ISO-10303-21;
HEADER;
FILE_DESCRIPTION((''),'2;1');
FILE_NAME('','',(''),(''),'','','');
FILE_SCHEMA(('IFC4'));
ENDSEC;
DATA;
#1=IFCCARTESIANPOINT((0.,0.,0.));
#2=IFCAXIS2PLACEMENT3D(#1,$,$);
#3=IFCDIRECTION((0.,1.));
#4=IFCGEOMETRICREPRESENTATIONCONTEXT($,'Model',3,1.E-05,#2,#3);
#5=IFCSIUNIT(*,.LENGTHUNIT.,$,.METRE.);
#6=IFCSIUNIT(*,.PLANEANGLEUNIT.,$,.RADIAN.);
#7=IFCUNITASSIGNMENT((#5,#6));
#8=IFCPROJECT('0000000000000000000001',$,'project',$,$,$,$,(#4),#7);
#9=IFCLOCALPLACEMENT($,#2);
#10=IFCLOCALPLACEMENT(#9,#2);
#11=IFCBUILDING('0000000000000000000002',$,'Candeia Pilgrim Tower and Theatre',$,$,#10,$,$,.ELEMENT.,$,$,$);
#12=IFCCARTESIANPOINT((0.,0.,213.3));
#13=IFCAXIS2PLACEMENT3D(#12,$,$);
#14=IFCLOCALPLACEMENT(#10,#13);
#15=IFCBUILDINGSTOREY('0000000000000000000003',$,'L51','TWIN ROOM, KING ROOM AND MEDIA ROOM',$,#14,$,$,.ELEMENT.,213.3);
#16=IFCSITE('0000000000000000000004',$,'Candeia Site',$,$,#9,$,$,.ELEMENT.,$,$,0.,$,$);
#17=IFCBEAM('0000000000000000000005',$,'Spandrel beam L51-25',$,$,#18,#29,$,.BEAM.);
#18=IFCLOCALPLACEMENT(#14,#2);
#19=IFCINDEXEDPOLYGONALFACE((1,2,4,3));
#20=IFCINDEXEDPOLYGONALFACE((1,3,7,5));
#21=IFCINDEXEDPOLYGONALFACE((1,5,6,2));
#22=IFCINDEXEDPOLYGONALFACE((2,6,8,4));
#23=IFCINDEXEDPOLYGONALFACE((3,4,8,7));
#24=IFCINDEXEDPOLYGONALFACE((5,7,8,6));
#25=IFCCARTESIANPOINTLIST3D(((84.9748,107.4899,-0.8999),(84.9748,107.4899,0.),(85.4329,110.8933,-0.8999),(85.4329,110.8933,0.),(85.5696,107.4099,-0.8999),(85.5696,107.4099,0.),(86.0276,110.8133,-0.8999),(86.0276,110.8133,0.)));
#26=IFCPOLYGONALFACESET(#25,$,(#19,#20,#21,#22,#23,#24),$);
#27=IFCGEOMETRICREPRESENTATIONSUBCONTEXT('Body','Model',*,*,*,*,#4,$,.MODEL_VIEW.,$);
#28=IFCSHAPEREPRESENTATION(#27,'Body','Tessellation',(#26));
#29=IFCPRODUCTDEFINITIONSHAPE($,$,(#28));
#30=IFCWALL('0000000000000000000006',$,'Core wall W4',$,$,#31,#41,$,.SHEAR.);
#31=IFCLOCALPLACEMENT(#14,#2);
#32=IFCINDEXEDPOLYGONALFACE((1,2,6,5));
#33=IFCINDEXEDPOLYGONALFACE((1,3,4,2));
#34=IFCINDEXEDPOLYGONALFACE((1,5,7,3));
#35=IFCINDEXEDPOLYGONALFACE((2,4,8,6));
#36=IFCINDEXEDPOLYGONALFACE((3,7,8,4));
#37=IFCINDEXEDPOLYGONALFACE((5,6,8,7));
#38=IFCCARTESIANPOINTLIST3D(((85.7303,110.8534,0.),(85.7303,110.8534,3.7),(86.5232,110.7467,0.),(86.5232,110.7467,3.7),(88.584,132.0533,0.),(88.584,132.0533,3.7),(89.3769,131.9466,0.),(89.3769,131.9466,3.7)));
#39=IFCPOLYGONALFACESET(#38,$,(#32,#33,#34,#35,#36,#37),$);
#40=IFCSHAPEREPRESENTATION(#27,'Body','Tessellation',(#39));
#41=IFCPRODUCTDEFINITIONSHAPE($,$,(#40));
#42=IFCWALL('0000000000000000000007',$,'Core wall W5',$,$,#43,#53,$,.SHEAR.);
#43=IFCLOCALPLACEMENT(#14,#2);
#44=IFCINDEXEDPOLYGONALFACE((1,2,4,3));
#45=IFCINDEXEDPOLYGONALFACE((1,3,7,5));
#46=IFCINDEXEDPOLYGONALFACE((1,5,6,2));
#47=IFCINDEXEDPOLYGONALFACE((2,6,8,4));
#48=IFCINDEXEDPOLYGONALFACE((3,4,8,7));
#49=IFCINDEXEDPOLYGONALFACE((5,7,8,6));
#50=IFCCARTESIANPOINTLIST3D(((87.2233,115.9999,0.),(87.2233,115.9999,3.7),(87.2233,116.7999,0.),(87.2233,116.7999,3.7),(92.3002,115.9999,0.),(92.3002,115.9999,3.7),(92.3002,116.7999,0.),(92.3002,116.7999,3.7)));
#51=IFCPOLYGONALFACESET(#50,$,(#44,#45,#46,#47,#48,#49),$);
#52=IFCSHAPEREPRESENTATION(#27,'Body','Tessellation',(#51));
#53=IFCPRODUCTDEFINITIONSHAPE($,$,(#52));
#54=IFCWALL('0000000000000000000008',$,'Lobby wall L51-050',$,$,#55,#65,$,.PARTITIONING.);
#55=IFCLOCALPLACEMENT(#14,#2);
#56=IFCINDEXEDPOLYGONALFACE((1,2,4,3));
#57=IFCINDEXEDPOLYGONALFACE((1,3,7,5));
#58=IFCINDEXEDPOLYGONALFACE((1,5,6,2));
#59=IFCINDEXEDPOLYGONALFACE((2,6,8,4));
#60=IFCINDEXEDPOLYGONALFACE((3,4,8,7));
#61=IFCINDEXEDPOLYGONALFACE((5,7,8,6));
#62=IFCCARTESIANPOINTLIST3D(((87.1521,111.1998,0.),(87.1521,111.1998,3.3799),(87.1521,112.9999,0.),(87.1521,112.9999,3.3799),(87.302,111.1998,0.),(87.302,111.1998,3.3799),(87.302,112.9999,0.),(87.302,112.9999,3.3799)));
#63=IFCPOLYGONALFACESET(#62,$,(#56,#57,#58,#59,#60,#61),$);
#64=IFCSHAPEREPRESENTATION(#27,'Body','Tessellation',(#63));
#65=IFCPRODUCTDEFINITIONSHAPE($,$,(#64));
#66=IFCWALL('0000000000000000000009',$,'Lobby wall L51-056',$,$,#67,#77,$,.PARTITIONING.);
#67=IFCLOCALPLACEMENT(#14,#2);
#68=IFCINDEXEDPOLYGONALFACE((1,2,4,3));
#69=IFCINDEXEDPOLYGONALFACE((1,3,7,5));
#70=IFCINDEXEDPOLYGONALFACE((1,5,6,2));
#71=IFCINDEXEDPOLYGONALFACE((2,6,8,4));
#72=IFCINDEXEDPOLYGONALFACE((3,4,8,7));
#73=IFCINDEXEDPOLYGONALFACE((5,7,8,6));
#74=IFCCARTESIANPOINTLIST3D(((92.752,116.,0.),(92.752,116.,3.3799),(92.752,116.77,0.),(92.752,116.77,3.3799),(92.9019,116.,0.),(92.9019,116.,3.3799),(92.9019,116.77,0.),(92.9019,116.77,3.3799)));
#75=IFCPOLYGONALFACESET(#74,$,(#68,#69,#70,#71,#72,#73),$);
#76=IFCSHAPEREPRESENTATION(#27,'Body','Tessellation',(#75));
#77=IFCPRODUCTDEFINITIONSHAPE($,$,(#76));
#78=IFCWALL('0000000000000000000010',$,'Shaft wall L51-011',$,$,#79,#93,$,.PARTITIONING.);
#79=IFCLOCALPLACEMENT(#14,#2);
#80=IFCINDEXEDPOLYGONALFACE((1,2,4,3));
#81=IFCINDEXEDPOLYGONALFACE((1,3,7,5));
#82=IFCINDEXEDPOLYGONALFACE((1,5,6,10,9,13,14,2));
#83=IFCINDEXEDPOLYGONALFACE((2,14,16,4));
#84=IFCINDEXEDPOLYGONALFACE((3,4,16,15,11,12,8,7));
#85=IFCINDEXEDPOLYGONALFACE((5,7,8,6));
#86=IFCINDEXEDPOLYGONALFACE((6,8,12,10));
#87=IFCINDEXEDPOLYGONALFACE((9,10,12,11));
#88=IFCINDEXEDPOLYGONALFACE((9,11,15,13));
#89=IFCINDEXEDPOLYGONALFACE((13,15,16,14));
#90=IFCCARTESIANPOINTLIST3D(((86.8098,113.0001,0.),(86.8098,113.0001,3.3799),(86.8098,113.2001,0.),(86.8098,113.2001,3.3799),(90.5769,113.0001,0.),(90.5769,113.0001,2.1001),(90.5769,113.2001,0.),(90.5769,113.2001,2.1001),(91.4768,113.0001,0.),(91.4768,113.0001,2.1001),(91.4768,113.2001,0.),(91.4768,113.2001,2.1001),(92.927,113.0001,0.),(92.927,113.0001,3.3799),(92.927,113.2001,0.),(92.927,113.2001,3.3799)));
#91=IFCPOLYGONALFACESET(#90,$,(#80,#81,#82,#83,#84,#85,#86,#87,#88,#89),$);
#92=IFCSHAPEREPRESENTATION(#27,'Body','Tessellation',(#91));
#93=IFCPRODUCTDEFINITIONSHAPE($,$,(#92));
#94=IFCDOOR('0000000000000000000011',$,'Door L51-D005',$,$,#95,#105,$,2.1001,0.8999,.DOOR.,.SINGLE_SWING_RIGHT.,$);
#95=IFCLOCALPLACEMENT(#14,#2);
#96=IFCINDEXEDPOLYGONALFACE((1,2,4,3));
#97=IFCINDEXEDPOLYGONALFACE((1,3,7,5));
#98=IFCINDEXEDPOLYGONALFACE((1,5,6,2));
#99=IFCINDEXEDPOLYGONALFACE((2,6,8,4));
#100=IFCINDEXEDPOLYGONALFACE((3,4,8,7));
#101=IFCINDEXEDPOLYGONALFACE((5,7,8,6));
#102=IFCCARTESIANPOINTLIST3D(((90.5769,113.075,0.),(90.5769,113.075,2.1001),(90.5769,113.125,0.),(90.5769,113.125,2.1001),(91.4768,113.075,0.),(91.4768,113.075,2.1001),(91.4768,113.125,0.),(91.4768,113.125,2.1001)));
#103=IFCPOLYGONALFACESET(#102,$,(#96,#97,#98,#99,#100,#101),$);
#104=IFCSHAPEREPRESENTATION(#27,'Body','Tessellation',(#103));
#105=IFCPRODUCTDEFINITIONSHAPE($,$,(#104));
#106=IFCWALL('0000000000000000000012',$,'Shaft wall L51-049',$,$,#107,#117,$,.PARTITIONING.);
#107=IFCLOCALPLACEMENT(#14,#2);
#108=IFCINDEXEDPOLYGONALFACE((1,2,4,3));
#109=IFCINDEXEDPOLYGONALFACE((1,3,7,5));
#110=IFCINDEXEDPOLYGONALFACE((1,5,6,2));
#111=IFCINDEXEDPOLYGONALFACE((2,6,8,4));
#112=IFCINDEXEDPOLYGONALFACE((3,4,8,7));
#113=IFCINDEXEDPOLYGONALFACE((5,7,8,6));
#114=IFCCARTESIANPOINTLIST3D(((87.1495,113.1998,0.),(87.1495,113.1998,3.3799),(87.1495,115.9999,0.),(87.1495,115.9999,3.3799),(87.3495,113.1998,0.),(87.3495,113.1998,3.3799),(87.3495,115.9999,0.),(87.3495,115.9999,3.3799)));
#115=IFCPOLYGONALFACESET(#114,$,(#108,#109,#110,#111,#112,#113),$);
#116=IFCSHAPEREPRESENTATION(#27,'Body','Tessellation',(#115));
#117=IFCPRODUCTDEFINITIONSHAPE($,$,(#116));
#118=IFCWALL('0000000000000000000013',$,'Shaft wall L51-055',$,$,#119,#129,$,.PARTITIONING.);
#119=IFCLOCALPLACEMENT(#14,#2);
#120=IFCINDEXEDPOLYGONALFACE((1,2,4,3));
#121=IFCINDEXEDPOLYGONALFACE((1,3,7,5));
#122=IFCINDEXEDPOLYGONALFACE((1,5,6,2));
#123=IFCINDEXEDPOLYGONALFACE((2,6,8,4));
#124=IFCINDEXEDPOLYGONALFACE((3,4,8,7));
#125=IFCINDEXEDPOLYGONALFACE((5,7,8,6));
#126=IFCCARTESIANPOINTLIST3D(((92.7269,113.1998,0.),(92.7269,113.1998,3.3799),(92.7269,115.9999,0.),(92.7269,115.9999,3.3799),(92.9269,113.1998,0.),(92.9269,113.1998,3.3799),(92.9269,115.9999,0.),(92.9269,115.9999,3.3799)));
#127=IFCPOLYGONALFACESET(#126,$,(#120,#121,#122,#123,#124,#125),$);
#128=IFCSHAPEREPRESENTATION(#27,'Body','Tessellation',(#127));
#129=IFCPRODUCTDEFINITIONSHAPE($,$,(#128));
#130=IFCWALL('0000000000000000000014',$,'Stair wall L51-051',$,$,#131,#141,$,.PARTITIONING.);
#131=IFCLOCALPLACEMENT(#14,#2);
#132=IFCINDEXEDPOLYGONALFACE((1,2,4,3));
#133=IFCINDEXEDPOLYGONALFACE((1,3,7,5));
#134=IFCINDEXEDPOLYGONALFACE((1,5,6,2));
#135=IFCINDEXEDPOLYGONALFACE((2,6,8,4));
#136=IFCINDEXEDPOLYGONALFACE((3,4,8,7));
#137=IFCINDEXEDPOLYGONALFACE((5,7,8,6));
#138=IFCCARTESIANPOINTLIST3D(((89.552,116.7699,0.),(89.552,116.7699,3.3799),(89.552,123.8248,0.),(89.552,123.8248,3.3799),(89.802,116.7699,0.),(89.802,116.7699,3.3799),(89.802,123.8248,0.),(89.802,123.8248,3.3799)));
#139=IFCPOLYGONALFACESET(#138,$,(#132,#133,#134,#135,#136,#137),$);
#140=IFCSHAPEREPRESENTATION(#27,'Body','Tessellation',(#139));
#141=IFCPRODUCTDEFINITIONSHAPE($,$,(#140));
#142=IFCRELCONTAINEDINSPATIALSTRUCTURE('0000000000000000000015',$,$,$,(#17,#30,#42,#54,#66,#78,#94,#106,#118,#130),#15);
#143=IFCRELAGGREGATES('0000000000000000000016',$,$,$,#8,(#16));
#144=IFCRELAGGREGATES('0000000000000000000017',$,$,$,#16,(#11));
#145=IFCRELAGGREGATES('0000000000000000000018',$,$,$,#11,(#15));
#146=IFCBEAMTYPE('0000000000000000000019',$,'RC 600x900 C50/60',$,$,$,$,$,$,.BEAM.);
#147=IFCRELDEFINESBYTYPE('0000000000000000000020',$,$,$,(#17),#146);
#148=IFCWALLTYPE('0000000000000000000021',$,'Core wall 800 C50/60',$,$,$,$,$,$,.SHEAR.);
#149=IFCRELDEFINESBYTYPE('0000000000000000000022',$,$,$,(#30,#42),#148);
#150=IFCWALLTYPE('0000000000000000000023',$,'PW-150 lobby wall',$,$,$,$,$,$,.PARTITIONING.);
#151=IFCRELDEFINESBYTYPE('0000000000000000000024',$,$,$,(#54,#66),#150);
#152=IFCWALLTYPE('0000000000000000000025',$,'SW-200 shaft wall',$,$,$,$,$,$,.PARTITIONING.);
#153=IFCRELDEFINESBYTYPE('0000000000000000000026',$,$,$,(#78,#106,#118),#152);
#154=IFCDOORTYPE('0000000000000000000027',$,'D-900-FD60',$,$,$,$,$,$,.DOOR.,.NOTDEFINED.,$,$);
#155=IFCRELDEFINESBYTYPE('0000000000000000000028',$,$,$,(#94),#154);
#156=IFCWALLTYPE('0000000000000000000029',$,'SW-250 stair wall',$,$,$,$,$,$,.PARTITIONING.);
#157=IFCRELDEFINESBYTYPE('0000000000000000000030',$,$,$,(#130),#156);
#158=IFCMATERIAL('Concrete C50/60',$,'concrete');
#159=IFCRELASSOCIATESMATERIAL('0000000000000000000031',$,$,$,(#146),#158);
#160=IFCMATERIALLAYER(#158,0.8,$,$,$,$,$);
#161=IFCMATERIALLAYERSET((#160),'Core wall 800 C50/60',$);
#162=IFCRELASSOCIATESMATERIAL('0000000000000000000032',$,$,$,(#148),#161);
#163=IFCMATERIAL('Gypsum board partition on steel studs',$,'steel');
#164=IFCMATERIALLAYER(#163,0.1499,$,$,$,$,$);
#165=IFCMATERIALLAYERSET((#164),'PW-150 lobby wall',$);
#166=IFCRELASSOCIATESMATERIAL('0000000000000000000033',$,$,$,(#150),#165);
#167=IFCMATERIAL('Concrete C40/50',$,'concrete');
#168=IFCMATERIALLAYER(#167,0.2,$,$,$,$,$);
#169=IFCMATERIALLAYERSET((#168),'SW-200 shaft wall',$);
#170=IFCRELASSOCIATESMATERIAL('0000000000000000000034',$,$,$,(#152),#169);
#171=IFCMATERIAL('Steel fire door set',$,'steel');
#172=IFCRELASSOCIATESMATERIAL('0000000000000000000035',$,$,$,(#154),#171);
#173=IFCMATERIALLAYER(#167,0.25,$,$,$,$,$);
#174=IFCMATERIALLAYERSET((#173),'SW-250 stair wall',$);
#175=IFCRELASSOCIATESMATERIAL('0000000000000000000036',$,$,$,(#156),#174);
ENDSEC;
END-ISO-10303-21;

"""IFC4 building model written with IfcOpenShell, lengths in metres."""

from ifc_helpers import new_model, si_unit, direction, frame, frame_2d, origin, origin_2d, place, context, subcontext, project, spatial, rectangle, extrude, material, layer, layer_set, material_profile, profile_set, type_object, element, fill, save


model = new_model("IFC4")

# Units and contexts
model_context = context("Model", 3, precision=1e-05, world=origin(), true_north=direction((0.0, 1.0)))
body_context = subcontext(model_context, "Body", "Model", "MODEL_VIEW")
ifc_project = project(units=[si_unit("LENGTHUNIT", "METRE"), si_unit("PLANEANGLEUNIT", "RADIAN")], contexts=[model_context])

# Site, building, storey
site_placement = place(None, origin())
site = spatial("IfcSite", under=ifc_project, at=site_placement, Name="Candeia Site", CompositionType="ELEMENT", RefElevation=0.0)
building_placement = place(site_placement, origin())
building = spatial("IfcBuilding", under=site, at=building_placement, Name="Candeia Pilgrim Tower and Theatre", CompositionType="ELEMENT")
storey_placement = place(building_placement, frame((0.0, 0.0, 213.3)))
storey = spatial("IfcBuildingStorey", under=building, at=storey_placement, Name="L51", Description="TWIN ROOM, KING ROOM AND MEDIA ROOM", CompositionType="ELEMENT", Elevation=213.3)

# Beam
ifc_material_1 = material(Name="Concrete C50/60", Category="concrete")
ifc_material_profile = material_profile(ifc_material_1, rectangle(XDim=0.6001, YDim=0.8999, at=origin_2d()))
ifc_profile_set = profile_set([ifc_material_profile], Name="Concrete C50/60")
beam_type = type_object("IfcBeamType", Name="RC 600x900 C50/60", PredefinedType="BEAM", material=ifc_profile_set)
beam_placement = place(storey_placement, frame((85.7302, 110.8533, -0.45), z_axis=(-0.133374, -0.991066, 0.0), x_axis=(0.991066, -0.133374, 0.0)))
element("IfcBeam", 1, at=beam_placement, inside=storey, type_object=beam_type, Name="Spandrel beam L51-25", PredefinedType="BEAM", context=body_context, shape_type="SweptSolid", body=[
    extrude(rectangle(XDim=0.6001, YDim=0.8999, at=origin_2d()), origin(), (0.0, 0.0, 1.0), 3.4341),
])

# Walls
ifc_layer_1 = layer(ifc_material_1, 0.8)
ifc_layer_set_1 = layer_set([ifc_layer_1], Name="Core wall 800 C50/60")
wall_type_1 = type_object("IfcWallType", Name="Core wall 800 C50/60", PredefinedType="SHEAR", material=ifc_layer_set_1)
wall_1_placement = place(storey_placement, frame((86.1267, 110.8, 0.0), z_axis=(0.0, 0.0, 1.0), x_axis=(0.133408, 0.991061, 0.0)))
element("IfcWall", 2, at=wall_1_placement, inside=storey, type_object=wall_type_1, Name="Core wall W4", PredefinedType="SHEAR", context=body_context, shape_type="SweptSolid", body=[
    extrude(rectangle(XDim=21.3911, YDim=0.8, at=frame_2d((10.6956, 0.0))), origin(), (0.0, 0.0, 1.0), 3.7),
])
wall_2_placement = place(storey_placement, frame((87.2231, 116.3999, 0.0), z_axis=(0.0, 0.0, 1.0), x_axis=(1.0, 0.0, 0.0)))
element("IfcWall", 3, at=wall_2_placement, inside=storey, type_object=wall_type_1, Name="Core wall W5", PredefinedType="SHEAR", context=body_context, shape_type="SweptSolid", body=[
    extrude(rectangle(XDim=5.0769, YDim=0.8, at=frame_2d((2.5386, 0.0))), origin(), (0.0, 0.0, 1.0), 3.7),
])
ifc_material_2 = material(Name="Gypsum board partition on steel studs", Category="steel")
ifc_layer_2 = layer(ifc_material_2, 0.1499)
ifc_layer_set_2 = layer_set([ifc_layer_2], Name="PW-150 lobby wall")
wall_type_2 = type_object("IfcWallType", Name="PW-150 lobby wall", PredefinedType="PARTITIONING", material=ifc_layer_set_2)
wall_3_placement = place(storey_placement, frame((87.2271, 111.2, 0.0), z_axis=(0.0, 0.0, 1.0), x_axis=(0.0, 1.0, 0.0)))
element("IfcWall", 4, at=wall_3_placement, inside=storey, type_object=wall_type_2, Name="Lobby wall L51-050", PredefinedType="PARTITIONING", context=body_context, shape_type="SweptSolid", body=[
    extrude(rectangle(XDim=1.8, YDim=0.1499, at=frame_2d((0.8999, 0.0))), origin(), (0.0, 0.0, 1.0), 3.3799),
])
wall_4_placement = place(storey_placement, frame((92.8269, 116.0, 0.0), z_axis=(0.0, 0.0, 1.0), x_axis=(0.0, 1.0, 0.0)))
element("IfcWall", 5, at=wall_4_placement, inside=storey, type_object=wall_type_2, Name="Lobby wall L51-056", PredefinedType="PARTITIONING", context=body_context, shape_type="SweptSolid", body=[
    extrude(rectangle(XDim=0.77, YDim=0.1499, at=frame_2d((0.385, 0.0))), origin(), (0.0, 0.0, 1.0), 3.3799),
])

# Wall, opening, door
ifc_material_3 = material(Name="Concrete C40/50", Category="concrete")
ifc_layer_3 = layer(ifc_material_3, 0.2)
ifc_layer_set_3 = layer_set([ifc_layer_3], Name="SW-200 shaft wall")
wall_type_3 = type_object("IfcWallType", Name="SW-200 shaft wall", PredefinedType="PARTITIONING", material=ifc_layer_set_3)
wall_5_placement = place(storey_placement, frame((86.8098, 113.1001, 0.0), z_axis=(0.0, 0.0, 1.0), x_axis=(1.0, 0.0, 0.0)))
wall_5 = element("IfcWall", 6, at=wall_5_placement, inside=storey, type_object=wall_type_3, Name="Shaft wall L51-011", PredefinedType="PARTITIONING", context=body_context, shape_type="SweptSolid", body=[
    extrude(rectangle(XDim=6.1172, YDim=0.2, at=frame_2d((3.0586, 0.0))), origin(), (0.0, 0.0, 1.0), 3.3799),
])
opening_placement = place(wall_5_placement, frame((3.7671, 0.0, 0.0)))
opening = element("IfcOpeningElement", 7, at=opening_placement, cuts=wall_5, PredefinedType="OPENING", context=body_context, shape_type="SweptSolid", body=[
    extrude(rectangle(XDim=0.8999, YDim=2.1001, at=frame_2d((0.45, 1.05))), frame((0.0, 0.1099, 0.0), z_axis=(0.0, -1.0, 0.0), x_axis=(1.0, 0.0, 0.0)), (0.0, 0.0, 1.0), 0.22),
])
ifc_material_4 = material(Name="Steel fire door set", Category="steel")
door_type = type_object("IfcDoorType", Name="D-900-FD60", OperationType="NOTDEFINED", PredefinedType="DOOR", material=ifc_material_4)
door_placement = place(opening_placement, origin())
door = element("IfcDoor", 8, at=door_placement, inside=storey, type_object=door_type, Name="Door L51-D005", OperationType="SINGLE_SWING_RIGHT", OverallHeight=2.1001, OverallWidth=0.8999, PredefinedType="DOOR", context=body_context, shape_type="SweptSolid", body=[
    extrude(rectangle(XDim=0.8999, YDim=2.1001, at=frame_2d((0.45, 1.05))), frame((0.0, 0.0249, 0.0), z_axis=(0.0, -1.0, 0.0), x_axis=(1.0, 0.0, 0.0)), (0.0, 0.0, 1.0), 0.05),
])
fill(opening, door)

# Walls
for number, where, z_axis, x_axis, name in (
    (9, (87.2495, 113.2, 0.0), (0.0, 0.0, 1.0), (0.0, 1.0, 0.0), "Shaft wall L51-049"),
    (10, (92.8269, 113.2, 0.0), (0.0, 0.0, 1.0), (0.0, 1.0, 0.0), "Shaft wall L51-055"),
):
    element("IfcWall", number, at=place(storey_placement, frame(where, z_axis=z_axis, x_axis=x_axis)), inside=storey, type_object=wall_type_3, Name=name, PredefinedType="PARTITIONING", context=body_context, shape_type="SweptSolid", body=[
        extrude(rectangle(XDim=2.8, YDim=0.2, at=frame_2d((1.3999, 0.0))), origin(), (0.0, 0.0, 1.0), 3.3799),
    ])
ifc_layer_4 = layer(ifc_material_3, 0.25)
ifc_layer_set_4 = layer_set([ifc_layer_4], Name="SW-250 stair wall")
wall_type_4 = type_object("IfcWallType", Name="SW-250 stair wall", PredefinedType="PARTITIONING", material=ifc_layer_set_4)
wall_6_placement = place(storey_placement, frame((89.677, 116.77, 0.0), z_axis=(0.0, 0.0, 1.0), x_axis=(0.0, 1.0, 0.0)))
element("IfcWall", 11, at=wall_6_placement, inside=storey, type_object=wall_type_4, Name="Stair wall L51-051", PredefinedType="PARTITIONING", context=body_context, shape_type="SweptSolid", body=[
    extrude(rectangle(XDim=7.0549, YDim=0.25, at=frame_2d((3.5273, 0.0))), origin(), (0.0, 0.0, 1.0), 3.3799),
])

save(model, "model.ifc")
